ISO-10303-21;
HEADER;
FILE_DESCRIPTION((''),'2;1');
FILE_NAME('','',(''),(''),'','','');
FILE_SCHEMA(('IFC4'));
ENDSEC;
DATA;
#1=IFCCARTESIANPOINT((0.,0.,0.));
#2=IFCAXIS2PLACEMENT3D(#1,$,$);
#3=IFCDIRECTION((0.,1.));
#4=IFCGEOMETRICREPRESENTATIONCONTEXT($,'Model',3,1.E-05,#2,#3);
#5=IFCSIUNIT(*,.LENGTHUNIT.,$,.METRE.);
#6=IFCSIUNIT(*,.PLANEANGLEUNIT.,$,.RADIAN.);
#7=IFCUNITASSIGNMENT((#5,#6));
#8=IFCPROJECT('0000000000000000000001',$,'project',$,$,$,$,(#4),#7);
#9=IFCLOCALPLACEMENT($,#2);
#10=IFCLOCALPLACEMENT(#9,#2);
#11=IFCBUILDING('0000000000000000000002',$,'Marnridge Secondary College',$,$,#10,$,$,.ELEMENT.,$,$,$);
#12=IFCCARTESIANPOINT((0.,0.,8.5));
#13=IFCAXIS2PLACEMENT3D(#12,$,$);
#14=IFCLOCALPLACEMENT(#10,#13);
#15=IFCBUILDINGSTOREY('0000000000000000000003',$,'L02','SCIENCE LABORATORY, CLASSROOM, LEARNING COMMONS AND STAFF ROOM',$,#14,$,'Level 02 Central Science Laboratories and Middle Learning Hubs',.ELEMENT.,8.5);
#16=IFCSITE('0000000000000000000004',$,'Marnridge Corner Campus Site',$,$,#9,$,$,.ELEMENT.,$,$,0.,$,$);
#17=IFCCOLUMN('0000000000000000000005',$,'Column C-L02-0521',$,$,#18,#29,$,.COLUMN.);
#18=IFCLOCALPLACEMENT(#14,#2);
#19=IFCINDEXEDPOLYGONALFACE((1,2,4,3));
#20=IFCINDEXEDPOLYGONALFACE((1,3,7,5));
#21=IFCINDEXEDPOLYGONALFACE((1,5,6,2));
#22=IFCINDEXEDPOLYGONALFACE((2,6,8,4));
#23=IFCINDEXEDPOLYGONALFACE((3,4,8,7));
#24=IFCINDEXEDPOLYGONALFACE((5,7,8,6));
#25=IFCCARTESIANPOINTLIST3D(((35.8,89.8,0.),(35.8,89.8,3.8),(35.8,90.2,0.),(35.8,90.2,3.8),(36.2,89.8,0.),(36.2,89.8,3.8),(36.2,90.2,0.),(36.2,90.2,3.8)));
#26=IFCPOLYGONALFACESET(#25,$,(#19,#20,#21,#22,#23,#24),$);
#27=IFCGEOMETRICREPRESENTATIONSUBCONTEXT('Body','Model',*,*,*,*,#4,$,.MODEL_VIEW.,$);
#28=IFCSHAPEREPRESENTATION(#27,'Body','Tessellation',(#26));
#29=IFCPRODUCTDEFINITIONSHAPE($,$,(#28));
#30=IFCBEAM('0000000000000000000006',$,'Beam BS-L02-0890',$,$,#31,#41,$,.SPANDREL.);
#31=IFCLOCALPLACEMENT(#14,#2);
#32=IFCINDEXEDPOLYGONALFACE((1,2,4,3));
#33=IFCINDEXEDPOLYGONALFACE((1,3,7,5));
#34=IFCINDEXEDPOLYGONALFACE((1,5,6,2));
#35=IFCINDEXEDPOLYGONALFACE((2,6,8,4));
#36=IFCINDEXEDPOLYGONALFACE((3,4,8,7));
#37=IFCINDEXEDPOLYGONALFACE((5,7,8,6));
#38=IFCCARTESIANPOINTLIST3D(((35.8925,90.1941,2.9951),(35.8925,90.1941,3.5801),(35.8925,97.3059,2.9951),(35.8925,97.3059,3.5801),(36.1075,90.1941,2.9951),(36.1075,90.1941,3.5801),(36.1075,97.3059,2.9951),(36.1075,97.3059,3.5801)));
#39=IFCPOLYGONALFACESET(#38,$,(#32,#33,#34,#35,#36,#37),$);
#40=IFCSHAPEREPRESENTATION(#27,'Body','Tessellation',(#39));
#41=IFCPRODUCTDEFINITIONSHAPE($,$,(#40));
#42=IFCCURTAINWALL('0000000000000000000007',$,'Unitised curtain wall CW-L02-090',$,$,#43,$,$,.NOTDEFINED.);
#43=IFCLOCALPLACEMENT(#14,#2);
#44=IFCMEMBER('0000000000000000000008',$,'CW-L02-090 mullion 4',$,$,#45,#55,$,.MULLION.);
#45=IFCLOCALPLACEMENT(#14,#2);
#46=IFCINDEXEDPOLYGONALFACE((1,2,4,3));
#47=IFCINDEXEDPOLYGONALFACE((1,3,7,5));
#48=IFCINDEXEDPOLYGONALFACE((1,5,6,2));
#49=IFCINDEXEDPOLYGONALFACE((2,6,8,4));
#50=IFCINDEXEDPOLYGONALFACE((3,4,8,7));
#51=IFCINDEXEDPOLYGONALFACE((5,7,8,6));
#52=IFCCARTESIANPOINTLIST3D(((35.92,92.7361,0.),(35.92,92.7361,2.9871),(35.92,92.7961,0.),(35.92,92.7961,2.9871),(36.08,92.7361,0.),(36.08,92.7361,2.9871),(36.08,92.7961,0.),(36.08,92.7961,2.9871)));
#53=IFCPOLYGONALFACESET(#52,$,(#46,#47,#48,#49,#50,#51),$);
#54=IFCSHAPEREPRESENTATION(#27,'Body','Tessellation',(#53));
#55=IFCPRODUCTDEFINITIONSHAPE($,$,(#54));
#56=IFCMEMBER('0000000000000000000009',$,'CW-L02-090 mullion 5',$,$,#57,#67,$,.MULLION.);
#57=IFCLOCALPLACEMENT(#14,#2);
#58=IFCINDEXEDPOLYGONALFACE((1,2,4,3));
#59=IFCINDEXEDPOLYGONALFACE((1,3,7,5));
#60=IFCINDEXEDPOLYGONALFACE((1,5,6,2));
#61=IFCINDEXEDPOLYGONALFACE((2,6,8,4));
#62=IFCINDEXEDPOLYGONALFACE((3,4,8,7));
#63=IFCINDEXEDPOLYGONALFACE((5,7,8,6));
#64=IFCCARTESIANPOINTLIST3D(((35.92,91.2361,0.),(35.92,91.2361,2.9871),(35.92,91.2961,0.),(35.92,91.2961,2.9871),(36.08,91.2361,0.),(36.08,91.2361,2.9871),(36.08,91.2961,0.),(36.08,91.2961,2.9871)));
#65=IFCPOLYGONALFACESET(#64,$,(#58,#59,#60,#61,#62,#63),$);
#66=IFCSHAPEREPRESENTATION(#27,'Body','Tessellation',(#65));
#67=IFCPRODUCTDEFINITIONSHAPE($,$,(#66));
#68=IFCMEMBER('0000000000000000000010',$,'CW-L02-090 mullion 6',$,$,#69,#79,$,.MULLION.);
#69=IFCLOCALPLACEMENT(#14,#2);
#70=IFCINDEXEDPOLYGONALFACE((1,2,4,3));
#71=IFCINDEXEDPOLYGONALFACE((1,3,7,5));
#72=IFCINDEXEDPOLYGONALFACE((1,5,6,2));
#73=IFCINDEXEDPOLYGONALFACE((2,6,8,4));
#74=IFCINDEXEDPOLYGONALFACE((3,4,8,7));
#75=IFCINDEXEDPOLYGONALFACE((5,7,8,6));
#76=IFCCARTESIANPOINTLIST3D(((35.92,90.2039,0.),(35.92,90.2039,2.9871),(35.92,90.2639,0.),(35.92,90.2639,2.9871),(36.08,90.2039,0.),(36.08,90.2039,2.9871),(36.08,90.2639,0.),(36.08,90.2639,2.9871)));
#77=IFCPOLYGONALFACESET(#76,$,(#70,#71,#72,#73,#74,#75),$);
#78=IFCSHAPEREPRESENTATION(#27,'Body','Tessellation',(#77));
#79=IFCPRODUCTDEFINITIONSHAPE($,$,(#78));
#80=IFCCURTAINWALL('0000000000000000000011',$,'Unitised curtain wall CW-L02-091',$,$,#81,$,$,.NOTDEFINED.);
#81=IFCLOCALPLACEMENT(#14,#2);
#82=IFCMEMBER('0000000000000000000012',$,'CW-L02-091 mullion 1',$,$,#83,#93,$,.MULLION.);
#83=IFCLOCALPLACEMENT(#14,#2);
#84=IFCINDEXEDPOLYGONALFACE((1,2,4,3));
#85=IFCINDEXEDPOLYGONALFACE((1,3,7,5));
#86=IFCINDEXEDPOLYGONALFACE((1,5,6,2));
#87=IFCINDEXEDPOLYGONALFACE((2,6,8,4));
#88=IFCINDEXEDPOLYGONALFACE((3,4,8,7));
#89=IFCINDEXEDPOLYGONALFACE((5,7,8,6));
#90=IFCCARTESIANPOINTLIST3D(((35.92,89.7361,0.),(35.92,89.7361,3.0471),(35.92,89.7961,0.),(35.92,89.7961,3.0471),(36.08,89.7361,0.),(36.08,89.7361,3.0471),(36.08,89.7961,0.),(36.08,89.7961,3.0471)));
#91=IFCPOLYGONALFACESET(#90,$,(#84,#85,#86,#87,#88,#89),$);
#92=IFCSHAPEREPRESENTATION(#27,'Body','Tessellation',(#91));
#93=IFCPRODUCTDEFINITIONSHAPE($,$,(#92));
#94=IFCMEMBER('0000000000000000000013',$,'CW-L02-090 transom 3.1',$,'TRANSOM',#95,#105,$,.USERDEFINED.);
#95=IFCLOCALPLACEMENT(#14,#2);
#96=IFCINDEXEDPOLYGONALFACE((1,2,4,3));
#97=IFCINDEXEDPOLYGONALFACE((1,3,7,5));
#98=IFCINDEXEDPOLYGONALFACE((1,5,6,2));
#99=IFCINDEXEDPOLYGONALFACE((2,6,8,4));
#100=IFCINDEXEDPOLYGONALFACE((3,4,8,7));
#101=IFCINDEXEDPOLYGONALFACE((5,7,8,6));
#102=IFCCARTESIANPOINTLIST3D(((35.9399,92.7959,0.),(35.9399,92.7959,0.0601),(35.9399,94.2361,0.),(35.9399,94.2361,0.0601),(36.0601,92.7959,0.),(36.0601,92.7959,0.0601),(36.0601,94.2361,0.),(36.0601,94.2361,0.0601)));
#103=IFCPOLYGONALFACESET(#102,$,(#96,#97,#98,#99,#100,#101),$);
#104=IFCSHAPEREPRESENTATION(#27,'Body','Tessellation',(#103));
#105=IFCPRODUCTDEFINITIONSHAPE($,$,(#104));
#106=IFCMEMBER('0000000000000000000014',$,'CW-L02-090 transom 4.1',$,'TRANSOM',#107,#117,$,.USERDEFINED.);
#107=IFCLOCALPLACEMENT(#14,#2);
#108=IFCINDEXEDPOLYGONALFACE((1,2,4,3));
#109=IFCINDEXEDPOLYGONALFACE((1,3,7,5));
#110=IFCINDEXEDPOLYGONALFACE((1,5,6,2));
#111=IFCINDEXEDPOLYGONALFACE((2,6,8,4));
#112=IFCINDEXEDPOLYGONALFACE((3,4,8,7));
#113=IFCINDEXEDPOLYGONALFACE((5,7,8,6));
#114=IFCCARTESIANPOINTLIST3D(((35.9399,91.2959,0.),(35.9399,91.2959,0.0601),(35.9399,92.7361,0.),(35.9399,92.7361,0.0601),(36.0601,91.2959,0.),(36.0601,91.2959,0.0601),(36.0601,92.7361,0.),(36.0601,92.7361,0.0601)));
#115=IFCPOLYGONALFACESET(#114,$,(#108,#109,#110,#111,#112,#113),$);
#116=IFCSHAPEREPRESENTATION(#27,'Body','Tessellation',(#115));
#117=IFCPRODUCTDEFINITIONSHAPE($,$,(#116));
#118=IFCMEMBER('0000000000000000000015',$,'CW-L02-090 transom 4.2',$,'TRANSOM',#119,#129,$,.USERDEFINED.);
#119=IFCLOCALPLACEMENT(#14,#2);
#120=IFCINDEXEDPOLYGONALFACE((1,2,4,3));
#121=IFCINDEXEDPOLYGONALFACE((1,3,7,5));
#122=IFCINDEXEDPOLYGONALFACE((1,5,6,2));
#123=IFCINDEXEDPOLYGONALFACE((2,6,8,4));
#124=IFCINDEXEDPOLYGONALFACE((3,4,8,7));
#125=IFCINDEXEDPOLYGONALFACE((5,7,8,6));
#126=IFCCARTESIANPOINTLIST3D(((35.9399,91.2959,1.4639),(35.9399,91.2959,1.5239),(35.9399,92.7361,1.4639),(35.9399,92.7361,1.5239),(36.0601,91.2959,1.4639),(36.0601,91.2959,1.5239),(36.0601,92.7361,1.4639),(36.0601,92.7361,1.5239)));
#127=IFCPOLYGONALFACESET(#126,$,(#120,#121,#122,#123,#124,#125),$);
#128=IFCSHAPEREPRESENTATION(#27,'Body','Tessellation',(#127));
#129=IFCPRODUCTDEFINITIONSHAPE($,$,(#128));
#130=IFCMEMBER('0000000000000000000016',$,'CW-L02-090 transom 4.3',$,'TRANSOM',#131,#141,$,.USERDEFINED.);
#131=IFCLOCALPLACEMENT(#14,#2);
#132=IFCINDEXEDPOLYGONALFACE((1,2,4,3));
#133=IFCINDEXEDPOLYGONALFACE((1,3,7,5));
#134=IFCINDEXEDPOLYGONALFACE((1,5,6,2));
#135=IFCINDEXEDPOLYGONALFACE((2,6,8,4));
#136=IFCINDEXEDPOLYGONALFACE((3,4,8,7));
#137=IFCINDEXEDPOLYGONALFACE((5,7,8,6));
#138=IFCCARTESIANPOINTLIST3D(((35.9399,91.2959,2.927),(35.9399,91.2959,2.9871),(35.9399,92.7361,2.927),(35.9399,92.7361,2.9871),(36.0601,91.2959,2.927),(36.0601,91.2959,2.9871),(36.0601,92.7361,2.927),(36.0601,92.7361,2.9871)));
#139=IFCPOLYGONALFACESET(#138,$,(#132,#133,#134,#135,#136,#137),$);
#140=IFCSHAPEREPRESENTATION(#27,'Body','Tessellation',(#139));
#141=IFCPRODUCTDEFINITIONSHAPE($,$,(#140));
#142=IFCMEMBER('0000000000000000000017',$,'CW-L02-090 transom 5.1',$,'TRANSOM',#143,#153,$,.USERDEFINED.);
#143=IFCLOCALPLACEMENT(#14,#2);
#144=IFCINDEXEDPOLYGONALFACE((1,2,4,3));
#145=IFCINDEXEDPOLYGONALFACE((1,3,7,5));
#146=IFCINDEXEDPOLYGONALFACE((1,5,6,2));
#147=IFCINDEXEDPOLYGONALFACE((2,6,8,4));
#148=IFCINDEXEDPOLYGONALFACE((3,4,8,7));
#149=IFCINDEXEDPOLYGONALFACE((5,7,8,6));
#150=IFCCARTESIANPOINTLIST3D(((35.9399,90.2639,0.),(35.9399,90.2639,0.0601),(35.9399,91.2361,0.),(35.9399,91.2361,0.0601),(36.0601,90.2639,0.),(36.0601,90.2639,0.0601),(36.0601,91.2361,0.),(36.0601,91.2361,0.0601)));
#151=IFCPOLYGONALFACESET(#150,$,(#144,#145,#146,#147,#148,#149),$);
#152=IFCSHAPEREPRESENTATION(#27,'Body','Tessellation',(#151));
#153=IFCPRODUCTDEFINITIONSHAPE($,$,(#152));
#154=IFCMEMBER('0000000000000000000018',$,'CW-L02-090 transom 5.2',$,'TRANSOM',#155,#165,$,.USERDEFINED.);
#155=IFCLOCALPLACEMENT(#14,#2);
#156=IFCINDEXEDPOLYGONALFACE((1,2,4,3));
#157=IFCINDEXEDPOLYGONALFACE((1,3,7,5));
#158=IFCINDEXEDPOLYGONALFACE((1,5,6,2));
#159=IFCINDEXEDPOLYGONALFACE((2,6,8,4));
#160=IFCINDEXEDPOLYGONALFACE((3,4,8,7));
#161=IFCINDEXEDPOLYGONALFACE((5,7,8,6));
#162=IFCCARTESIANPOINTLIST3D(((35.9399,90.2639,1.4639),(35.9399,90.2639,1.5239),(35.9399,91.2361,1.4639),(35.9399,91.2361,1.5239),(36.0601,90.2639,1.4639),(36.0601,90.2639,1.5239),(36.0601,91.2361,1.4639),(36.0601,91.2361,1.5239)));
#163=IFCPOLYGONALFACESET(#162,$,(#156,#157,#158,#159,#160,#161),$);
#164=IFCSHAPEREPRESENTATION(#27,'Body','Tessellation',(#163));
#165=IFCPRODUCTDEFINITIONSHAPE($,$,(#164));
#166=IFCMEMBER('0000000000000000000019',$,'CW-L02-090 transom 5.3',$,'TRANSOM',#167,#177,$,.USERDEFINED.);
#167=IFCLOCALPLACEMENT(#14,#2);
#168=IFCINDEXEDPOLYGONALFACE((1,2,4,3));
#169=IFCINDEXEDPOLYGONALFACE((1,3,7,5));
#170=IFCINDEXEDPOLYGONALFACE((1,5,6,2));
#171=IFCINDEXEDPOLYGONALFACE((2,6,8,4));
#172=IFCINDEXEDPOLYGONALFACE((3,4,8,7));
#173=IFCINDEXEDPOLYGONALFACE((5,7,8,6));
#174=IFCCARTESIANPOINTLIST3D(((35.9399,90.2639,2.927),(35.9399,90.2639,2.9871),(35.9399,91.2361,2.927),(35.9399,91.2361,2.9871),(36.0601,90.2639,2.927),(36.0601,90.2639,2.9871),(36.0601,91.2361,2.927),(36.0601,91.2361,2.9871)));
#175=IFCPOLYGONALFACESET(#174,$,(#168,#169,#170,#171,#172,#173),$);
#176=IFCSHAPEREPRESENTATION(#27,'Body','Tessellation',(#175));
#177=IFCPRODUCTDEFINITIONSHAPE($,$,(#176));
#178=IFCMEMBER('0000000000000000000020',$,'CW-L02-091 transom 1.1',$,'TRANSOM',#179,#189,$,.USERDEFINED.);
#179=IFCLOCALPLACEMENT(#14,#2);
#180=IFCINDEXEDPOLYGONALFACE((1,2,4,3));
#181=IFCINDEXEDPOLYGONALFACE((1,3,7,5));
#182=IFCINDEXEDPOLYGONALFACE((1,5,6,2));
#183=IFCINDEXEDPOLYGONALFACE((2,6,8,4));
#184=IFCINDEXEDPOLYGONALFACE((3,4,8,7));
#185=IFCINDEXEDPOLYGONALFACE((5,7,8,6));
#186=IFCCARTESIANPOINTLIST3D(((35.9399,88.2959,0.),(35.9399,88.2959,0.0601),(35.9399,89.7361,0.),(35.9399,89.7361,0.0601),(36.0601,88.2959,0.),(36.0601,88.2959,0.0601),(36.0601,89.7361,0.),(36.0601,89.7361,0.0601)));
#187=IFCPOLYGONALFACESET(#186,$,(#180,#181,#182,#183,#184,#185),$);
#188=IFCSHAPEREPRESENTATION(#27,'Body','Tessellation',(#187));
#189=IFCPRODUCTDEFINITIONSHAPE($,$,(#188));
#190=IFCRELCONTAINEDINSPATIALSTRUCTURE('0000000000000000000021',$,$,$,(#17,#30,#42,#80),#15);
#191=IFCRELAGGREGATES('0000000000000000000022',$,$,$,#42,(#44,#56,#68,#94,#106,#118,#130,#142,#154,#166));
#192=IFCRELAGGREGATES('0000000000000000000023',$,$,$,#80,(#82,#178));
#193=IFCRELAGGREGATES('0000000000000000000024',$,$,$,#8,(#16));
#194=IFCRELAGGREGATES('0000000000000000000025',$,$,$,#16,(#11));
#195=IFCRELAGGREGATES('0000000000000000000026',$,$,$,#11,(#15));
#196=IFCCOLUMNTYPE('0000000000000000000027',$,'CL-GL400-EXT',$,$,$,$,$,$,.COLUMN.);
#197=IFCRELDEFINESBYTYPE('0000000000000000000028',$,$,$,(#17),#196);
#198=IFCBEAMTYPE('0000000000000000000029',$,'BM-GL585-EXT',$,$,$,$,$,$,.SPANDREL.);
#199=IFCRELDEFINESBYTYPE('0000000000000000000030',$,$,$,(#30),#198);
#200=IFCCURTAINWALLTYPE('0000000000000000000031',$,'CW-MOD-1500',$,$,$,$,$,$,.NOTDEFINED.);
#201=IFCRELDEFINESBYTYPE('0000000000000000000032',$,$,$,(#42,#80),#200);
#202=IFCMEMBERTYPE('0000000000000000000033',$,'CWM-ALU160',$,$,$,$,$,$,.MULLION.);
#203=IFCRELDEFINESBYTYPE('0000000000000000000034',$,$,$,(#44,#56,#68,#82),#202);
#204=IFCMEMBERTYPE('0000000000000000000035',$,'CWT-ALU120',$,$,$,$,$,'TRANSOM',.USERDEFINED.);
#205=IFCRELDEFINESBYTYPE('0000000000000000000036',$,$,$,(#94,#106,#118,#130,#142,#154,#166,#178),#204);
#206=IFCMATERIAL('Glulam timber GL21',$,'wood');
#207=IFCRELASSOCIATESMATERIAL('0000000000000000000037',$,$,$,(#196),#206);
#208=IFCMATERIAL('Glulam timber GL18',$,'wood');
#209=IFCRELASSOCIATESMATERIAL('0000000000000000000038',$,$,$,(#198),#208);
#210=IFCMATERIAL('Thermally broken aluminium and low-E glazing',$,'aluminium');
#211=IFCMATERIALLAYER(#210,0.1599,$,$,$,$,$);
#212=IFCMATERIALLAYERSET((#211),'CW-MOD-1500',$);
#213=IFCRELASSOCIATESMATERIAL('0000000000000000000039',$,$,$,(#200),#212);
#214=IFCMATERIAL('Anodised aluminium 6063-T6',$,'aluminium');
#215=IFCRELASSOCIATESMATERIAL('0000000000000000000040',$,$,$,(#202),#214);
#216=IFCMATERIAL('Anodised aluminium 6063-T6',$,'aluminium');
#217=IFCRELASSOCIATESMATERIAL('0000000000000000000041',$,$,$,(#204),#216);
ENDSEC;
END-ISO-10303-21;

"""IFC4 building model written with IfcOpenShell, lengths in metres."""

from ifc_helpers import new_model, si_unit, direction, frame, origin, origin_2d, place, context, subcontext, project, spatial, rectangle, extrude, material, layer, layer_set, material_profile, profile_set, type_object, element, aggregate, save


model = new_model("IFC4")

# Units and contexts
model_context = context("Model", 3, precision=1e-05, world=origin(), true_north=direction((0.0, 1.0)))
body_context = subcontext(model_context, "Body", "Model", "MODEL_VIEW")
ifc_project = project(units=[si_unit("LENGTHUNIT", "METRE"), si_unit("PLANEANGLEUNIT", "RADIAN")], contexts=[model_context])

# Site, building, storey
site_placement = place(None, origin())
site = spatial("IfcSite", under=ifc_project, at=site_placement, Name="Marnridge Corner Campus Site", CompositionType="ELEMENT", RefElevation=0.0)
building_placement = place(site_placement, origin())
building = spatial("IfcBuilding", under=site, at=building_placement, Name="Marnridge Secondary College", CompositionType="ELEMENT")
storey_placement = place(building_placement, frame((0.0, 0.0, 8.5)))
storey = spatial("IfcBuildingStorey", under=building, at=storey_placement, Name="L02", Description="SCIENCE LABORATORY, CLASSROOM, LEARNING COMMONS AND STAFF ROOM", LongName="Level 02 Central Science Laboratories and Middle Learning Hubs", CompositionType="ELEMENT", Elevation=8.5)

# Column
ifc_material_1 = material(Name="Glulam timber GL21", Category="wood")
ifc_material_profile_1 = material_profile(ifc_material_1, rectangle(XDim=0.3999, YDim=0.3999, at=origin_2d()), Name="GL21 400x400")
ifc_profile_set_1 = profile_set([ifc_material_profile_1], Name="Glulam timber GL21")
column_type = type_object("IfcColumnType", Name="CL-GL400-EXT", PredefinedType="COLUMN", material=ifc_profile_set_1)
column_placement = place(storey_placement, frame((36.0, 90.0, 0.0), z_axis=(0.0, 0.0, 1.0), x_axis=(1.0, 0.0, 0.0)))
element("IfcColumn", 1, at=column_placement, inside=storey, type_object=column_type, Name="Column C-L02-0521", PredefinedType="COLUMN", context=body_context, shape_type="SweptSolid", body=[
    extrude(rectangle(XDim=0.3999, YDim=0.3999, at=origin_2d()), origin(), (0.0, 0.0, 1.0), 3.8),
])

# Beam
ifc_material_2 = material(Name="Glulam timber GL18", Category="wood")
ifc_material_profile_2 = material_profile(ifc_material_2, rectangle(XDim=0.2151, YDim=0.585, at=origin_2d()), Name="GL18 215x585")
ifc_profile_set_2 = profile_set([ifc_material_profile_2], Name="Glulam timber GL18")
beam_type = type_object("IfcBeamType", Name="BM-GL585-EXT", PredefinedType="SPANDREL", material=ifc_profile_set_2)
beam_placement = place(storey_placement, frame((36.0, 90.1941, 3.2876), z_axis=(0.0, 1.0, 0.0), x_axis=(-1.0, 0.0, 0.0)))
element("IfcBeam", 2, at=beam_placement, inside=storey, type_object=beam_type, Name="Beam BS-L02-0890", PredefinedType="SPANDREL", context=body_context, shape_type="SweptSolid", body=[
    extrude(rectangle(XDim=0.2151, YDim=0.585, at=origin_2d()), origin(), (0.0, 0.0, 1.0), 7.1118),
])

# Curtain wall, members
ifc_material_3 = material(Name="Thermally broken aluminium and low-E glazing", Category="aluminium")
ifc_layer_1 = layer(ifc_material_3, 0.1599)
ifc_layer_set_1 = layer_set([ifc_layer_1], Name="CW-MOD-1500")
curtain_wall_type = type_object("IfcCurtainWallType", Name="CW-MOD-1500", PredefinedType="NOTDEFINED", material=ifc_layer_set_1)
curtain_wall_1_placement = place(storey_placement, origin())
curtain_wall_1 = element("IfcCurtainWall", 3, at=curtain_wall_1_placement, inside=storey, type_object=curtain_wall_type, Name="Unitised curtain wall CW-L02-090", PredefinedType="NOTDEFINED")
ifc_material_4 = material(Name="Anodised aluminium 6063-T6", Category="aluminium")
ifc_material_profile_3 = material_profile(ifc_material_4, rectangle(XDim=0.0601, YDim=0.1599, at=origin_2d()), Name="ALU 60x160")
ifc_profile_set_3 = profile_set([ifc_material_profile_3], Name="Anodised aluminium 6063-T6")
member_type_1 = type_object("IfcMemberType", Name="CWM-ALU160", PredefinedType="MULLION", material=ifc_profile_set_3)
member_1_placement = place(storey_placement, frame((36.0, 92.7661, 0.0), z_axis=(0.0, 0.0, 1.0), x_axis=(0.0, -1.0, 0.0)))
member_1 = element("IfcMember", 4, at=member_1_placement, type_object=member_type_1, Name="CW-L02-090 mullion 4", PredefinedType="MULLION", context=body_context, shape_type="SweptSolid", body=[
    extrude(rectangle(XDim=0.0601, YDim=0.1599, at=origin_2d()), origin(), (0.0, 0.0, 1.0), 2.9871),
])
member_2_placement = place(storey_placement, frame((36.0, 91.2661, 0.0), z_axis=(0.0, 0.0, 1.0), x_axis=(0.0, -1.0, 0.0)))
member_2 = element("IfcMember", 5, at=member_2_placement, type_object=member_type_1, Name="CW-L02-090 mullion 5", PredefinedType="MULLION", context=body_context, shape_type="SweptSolid", body=[
    extrude(rectangle(XDim=0.0601, YDim=0.1599, at=origin_2d()), origin(), (0.0, 0.0, 1.0), 2.9871),
])
member_3_placement = place(storey_placement, frame((36.0, 90.2339, 0.0), z_axis=(0.0, 0.0, 1.0), x_axis=(0.0, -1.0, 0.0)))
member_3 = element("IfcMember", 6, at=member_3_placement, type_object=member_type_1, Name="CW-L02-090 mullion 6", PredefinedType="MULLION", context=body_context, shape_type="SweptSolid", body=[
    extrude(rectangle(XDim=0.0601, YDim=0.1599, at=origin_2d()), origin(), (0.0, 0.0, 1.0), 2.9871),
])

# Curtain wall, member
curtain_wall_2_placement = place(storey_placement, origin())
curtain_wall_2 = element("IfcCurtainWall", 7, at=curtain_wall_2_placement, inside=storey, type_object=curtain_wall_type, Name="Unitised curtain wall CW-L02-091", PredefinedType="NOTDEFINED")
member_4_placement = place(storey_placement, frame((36.0, 89.7661, 0.0), z_axis=(0.0, 0.0, 1.0), x_axis=(0.0, -1.0, 0.0)))
member_4 = element("IfcMember", 8, at=member_4_placement, type_object=member_type_1, Name="CW-L02-091 mullion 1", PredefinedType="MULLION", context=body_context, shape_type="SweptSolid", body=[
    extrude(rectangle(XDim=0.0601, YDim=0.1599, at=origin_2d()), origin(), (0.0, 0.0, 1.0), 3.0471),
])

# Members
ifc_material_5 = material(Name="Anodised aluminium 6063-T6", Category="aluminium")
ifc_material_profile_4 = material_profile(ifc_material_5, rectangle(XDim=0.0601, YDim=0.1201, at=origin_2d()), Name="ALU 60x120")
ifc_profile_set_4 = profile_set([ifc_material_profile_4], Name="Anodised aluminium 6063-T6")
member_type_2 = type_object("IfcMemberType", Name="CWT-ALU120", ElementType="TRANSOM", PredefinedType="USERDEFINED", material=ifc_profile_set_4)
member_5_placement = place(storey_placement, frame((36.0, 94.2361, 0.03), z_axis=(0.0, -1.0, 0.0), x_axis=(0.0, 0.0, 1.0)))
member_5 = element("IfcMember", 9, at=member_5_placement, type_object=member_type_2, Name="CW-L02-090 transom 3.1", ObjectType="TRANSOM", PredefinedType="USERDEFINED", context=body_context, shape_type="SweptSolid", body=[
    extrude(rectangle(XDim=0.0601, YDim=0.1201, at=origin_2d()), origin(), (0.0, 0.0, 1.0), 1.4402),
])
member_6_placement = place(storey_placement, frame((36.0, 92.7361, 0.03), z_axis=(0.0, -1.0, 0.0), x_axis=(0.0, 0.0, 1.0)))
member_6 = element("IfcMember", 10, at=member_6_placement, type_object=member_type_2, Name="CW-L02-090 transom 4.1", ObjectType="TRANSOM", PredefinedType="USERDEFINED", context=body_context, shape_type="SweptSolid", body=[
    extrude(rectangle(XDim=0.0601, YDim=0.1201, at=origin_2d()), origin(), (0.0, 0.0, 1.0), 1.4402),
])
member_7_placement = place(storey_placement, frame((36.0, 92.7361, 1.4939), z_axis=(0.0, -1.0, 0.0), x_axis=(0.0, 0.0, 1.0)))
member_7 = element("IfcMember", 11, at=member_7_placement, type_object=member_type_2, Name="CW-L02-090 transom 4.2", ObjectType="TRANSOM", PredefinedType="USERDEFINED", context=body_context, shape_type="SweptSolid", body=[
    extrude(rectangle(XDim=0.0601, YDim=0.1201, at=origin_2d()), origin(), (0.0, 0.0, 1.0), 1.4402),
])
member_8_placement = place(storey_placement, frame((36.0, 92.7361, 2.957), z_axis=(0.0, -1.0, 0.0), x_axis=(0.0, 0.0, 1.0)))
member_8 = element("IfcMember", 12, at=member_8_placement, type_object=member_type_2, Name="CW-L02-090 transom 4.3", ObjectType="TRANSOM", PredefinedType="USERDEFINED", context=body_context, shape_type="SweptSolid", body=[
    extrude(rectangle(XDim=0.0601, YDim=0.1201, at=origin_2d()), origin(), (0.0, 0.0, 1.0), 1.4402),
])
member_9_placement = place(storey_placement, frame((36.0, 91.2361, 0.03), z_axis=(0.0, -1.0, 0.0), x_axis=(0.0, 0.0, 1.0)))
member_9 = element("IfcMember", 13, at=member_9_placement, type_object=member_type_2, Name="CW-L02-090 transom 5.1", ObjectType="TRANSOM", PredefinedType="USERDEFINED", context=body_context, shape_type="SweptSolid", body=[
    extrude(rectangle(XDim=0.0601, YDim=0.1201, at=origin_2d()), origin(), (0.0, 0.0, 1.0), 0.9722),
])
member_10_placement = place(storey_placement, frame((36.0, 91.2361, 1.4939), z_axis=(0.0, -1.0, 0.0), x_axis=(0.0, 0.0, 1.0)))
member_10 = element("IfcMember", 14, at=member_10_placement, type_object=member_type_2, Name="CW-L02-090 transom 5.2", ObjectType="TRANSOM", PredefinedType="USERDEFINED", context=body_context, shape_type="SweptSolid", body=[
    extrude(rectangle(XDim=0.0601, YDim=0.1201, at=origin_2d()), origin(), (0.0, 0.0, 1.0), 0.9722),
])
member_11_placement = place(storey_placement, frame((36.0, 91.2361, 2.957), z_axis=(0.0, -1.0, 0.0), x_axis=(0.0, 0.0, 1.0)))
member_11 = element("IfcMember", 15, at=member_11_placement, type_object=member_type_2, Name="CW-L02-090 transom 5.3", ObjectType="TRANSOM", PredefinedType="USERDEFINED", context=body_context, shape_type="SweptSolid", body=[
    extrude(rectangle(XDim=0.0601, YDim=0.1201, at=origin_2d()), origin(), (0.0, 0.0, 1.0), 0.9722),
])
member_12_placement = place(storey_placement, frame((36.0, 89.7361, 0.03), z_axis=(0.0, -1.0, 0.0), x_axis=(0.0, 0.0, 1.0)))
member_12 = element("IfcMember", 16, at=member_12_placement, type_object=member_type_2, Name="CW-L02-091 transom 1.1", ObjectType="TRANSOM", PredefinedType="USERDEFINED", context=body_context, shape_type="SweptSolid", body=[
    extrude(rectangle(XDim=0.0601, YDim=0.1201, at=origin_2d()), origin(), (0.0, 0.0, 1.0), 1.4402),
])

aggregate(curtain_wall_1, [member_1, member_2, member_3, member_5, member_6, member_7, member_8, member_9, member_10, member_11])
aggregate(curtain_wall_2, [member_4, member_12])

save(model, "model.ifc")
